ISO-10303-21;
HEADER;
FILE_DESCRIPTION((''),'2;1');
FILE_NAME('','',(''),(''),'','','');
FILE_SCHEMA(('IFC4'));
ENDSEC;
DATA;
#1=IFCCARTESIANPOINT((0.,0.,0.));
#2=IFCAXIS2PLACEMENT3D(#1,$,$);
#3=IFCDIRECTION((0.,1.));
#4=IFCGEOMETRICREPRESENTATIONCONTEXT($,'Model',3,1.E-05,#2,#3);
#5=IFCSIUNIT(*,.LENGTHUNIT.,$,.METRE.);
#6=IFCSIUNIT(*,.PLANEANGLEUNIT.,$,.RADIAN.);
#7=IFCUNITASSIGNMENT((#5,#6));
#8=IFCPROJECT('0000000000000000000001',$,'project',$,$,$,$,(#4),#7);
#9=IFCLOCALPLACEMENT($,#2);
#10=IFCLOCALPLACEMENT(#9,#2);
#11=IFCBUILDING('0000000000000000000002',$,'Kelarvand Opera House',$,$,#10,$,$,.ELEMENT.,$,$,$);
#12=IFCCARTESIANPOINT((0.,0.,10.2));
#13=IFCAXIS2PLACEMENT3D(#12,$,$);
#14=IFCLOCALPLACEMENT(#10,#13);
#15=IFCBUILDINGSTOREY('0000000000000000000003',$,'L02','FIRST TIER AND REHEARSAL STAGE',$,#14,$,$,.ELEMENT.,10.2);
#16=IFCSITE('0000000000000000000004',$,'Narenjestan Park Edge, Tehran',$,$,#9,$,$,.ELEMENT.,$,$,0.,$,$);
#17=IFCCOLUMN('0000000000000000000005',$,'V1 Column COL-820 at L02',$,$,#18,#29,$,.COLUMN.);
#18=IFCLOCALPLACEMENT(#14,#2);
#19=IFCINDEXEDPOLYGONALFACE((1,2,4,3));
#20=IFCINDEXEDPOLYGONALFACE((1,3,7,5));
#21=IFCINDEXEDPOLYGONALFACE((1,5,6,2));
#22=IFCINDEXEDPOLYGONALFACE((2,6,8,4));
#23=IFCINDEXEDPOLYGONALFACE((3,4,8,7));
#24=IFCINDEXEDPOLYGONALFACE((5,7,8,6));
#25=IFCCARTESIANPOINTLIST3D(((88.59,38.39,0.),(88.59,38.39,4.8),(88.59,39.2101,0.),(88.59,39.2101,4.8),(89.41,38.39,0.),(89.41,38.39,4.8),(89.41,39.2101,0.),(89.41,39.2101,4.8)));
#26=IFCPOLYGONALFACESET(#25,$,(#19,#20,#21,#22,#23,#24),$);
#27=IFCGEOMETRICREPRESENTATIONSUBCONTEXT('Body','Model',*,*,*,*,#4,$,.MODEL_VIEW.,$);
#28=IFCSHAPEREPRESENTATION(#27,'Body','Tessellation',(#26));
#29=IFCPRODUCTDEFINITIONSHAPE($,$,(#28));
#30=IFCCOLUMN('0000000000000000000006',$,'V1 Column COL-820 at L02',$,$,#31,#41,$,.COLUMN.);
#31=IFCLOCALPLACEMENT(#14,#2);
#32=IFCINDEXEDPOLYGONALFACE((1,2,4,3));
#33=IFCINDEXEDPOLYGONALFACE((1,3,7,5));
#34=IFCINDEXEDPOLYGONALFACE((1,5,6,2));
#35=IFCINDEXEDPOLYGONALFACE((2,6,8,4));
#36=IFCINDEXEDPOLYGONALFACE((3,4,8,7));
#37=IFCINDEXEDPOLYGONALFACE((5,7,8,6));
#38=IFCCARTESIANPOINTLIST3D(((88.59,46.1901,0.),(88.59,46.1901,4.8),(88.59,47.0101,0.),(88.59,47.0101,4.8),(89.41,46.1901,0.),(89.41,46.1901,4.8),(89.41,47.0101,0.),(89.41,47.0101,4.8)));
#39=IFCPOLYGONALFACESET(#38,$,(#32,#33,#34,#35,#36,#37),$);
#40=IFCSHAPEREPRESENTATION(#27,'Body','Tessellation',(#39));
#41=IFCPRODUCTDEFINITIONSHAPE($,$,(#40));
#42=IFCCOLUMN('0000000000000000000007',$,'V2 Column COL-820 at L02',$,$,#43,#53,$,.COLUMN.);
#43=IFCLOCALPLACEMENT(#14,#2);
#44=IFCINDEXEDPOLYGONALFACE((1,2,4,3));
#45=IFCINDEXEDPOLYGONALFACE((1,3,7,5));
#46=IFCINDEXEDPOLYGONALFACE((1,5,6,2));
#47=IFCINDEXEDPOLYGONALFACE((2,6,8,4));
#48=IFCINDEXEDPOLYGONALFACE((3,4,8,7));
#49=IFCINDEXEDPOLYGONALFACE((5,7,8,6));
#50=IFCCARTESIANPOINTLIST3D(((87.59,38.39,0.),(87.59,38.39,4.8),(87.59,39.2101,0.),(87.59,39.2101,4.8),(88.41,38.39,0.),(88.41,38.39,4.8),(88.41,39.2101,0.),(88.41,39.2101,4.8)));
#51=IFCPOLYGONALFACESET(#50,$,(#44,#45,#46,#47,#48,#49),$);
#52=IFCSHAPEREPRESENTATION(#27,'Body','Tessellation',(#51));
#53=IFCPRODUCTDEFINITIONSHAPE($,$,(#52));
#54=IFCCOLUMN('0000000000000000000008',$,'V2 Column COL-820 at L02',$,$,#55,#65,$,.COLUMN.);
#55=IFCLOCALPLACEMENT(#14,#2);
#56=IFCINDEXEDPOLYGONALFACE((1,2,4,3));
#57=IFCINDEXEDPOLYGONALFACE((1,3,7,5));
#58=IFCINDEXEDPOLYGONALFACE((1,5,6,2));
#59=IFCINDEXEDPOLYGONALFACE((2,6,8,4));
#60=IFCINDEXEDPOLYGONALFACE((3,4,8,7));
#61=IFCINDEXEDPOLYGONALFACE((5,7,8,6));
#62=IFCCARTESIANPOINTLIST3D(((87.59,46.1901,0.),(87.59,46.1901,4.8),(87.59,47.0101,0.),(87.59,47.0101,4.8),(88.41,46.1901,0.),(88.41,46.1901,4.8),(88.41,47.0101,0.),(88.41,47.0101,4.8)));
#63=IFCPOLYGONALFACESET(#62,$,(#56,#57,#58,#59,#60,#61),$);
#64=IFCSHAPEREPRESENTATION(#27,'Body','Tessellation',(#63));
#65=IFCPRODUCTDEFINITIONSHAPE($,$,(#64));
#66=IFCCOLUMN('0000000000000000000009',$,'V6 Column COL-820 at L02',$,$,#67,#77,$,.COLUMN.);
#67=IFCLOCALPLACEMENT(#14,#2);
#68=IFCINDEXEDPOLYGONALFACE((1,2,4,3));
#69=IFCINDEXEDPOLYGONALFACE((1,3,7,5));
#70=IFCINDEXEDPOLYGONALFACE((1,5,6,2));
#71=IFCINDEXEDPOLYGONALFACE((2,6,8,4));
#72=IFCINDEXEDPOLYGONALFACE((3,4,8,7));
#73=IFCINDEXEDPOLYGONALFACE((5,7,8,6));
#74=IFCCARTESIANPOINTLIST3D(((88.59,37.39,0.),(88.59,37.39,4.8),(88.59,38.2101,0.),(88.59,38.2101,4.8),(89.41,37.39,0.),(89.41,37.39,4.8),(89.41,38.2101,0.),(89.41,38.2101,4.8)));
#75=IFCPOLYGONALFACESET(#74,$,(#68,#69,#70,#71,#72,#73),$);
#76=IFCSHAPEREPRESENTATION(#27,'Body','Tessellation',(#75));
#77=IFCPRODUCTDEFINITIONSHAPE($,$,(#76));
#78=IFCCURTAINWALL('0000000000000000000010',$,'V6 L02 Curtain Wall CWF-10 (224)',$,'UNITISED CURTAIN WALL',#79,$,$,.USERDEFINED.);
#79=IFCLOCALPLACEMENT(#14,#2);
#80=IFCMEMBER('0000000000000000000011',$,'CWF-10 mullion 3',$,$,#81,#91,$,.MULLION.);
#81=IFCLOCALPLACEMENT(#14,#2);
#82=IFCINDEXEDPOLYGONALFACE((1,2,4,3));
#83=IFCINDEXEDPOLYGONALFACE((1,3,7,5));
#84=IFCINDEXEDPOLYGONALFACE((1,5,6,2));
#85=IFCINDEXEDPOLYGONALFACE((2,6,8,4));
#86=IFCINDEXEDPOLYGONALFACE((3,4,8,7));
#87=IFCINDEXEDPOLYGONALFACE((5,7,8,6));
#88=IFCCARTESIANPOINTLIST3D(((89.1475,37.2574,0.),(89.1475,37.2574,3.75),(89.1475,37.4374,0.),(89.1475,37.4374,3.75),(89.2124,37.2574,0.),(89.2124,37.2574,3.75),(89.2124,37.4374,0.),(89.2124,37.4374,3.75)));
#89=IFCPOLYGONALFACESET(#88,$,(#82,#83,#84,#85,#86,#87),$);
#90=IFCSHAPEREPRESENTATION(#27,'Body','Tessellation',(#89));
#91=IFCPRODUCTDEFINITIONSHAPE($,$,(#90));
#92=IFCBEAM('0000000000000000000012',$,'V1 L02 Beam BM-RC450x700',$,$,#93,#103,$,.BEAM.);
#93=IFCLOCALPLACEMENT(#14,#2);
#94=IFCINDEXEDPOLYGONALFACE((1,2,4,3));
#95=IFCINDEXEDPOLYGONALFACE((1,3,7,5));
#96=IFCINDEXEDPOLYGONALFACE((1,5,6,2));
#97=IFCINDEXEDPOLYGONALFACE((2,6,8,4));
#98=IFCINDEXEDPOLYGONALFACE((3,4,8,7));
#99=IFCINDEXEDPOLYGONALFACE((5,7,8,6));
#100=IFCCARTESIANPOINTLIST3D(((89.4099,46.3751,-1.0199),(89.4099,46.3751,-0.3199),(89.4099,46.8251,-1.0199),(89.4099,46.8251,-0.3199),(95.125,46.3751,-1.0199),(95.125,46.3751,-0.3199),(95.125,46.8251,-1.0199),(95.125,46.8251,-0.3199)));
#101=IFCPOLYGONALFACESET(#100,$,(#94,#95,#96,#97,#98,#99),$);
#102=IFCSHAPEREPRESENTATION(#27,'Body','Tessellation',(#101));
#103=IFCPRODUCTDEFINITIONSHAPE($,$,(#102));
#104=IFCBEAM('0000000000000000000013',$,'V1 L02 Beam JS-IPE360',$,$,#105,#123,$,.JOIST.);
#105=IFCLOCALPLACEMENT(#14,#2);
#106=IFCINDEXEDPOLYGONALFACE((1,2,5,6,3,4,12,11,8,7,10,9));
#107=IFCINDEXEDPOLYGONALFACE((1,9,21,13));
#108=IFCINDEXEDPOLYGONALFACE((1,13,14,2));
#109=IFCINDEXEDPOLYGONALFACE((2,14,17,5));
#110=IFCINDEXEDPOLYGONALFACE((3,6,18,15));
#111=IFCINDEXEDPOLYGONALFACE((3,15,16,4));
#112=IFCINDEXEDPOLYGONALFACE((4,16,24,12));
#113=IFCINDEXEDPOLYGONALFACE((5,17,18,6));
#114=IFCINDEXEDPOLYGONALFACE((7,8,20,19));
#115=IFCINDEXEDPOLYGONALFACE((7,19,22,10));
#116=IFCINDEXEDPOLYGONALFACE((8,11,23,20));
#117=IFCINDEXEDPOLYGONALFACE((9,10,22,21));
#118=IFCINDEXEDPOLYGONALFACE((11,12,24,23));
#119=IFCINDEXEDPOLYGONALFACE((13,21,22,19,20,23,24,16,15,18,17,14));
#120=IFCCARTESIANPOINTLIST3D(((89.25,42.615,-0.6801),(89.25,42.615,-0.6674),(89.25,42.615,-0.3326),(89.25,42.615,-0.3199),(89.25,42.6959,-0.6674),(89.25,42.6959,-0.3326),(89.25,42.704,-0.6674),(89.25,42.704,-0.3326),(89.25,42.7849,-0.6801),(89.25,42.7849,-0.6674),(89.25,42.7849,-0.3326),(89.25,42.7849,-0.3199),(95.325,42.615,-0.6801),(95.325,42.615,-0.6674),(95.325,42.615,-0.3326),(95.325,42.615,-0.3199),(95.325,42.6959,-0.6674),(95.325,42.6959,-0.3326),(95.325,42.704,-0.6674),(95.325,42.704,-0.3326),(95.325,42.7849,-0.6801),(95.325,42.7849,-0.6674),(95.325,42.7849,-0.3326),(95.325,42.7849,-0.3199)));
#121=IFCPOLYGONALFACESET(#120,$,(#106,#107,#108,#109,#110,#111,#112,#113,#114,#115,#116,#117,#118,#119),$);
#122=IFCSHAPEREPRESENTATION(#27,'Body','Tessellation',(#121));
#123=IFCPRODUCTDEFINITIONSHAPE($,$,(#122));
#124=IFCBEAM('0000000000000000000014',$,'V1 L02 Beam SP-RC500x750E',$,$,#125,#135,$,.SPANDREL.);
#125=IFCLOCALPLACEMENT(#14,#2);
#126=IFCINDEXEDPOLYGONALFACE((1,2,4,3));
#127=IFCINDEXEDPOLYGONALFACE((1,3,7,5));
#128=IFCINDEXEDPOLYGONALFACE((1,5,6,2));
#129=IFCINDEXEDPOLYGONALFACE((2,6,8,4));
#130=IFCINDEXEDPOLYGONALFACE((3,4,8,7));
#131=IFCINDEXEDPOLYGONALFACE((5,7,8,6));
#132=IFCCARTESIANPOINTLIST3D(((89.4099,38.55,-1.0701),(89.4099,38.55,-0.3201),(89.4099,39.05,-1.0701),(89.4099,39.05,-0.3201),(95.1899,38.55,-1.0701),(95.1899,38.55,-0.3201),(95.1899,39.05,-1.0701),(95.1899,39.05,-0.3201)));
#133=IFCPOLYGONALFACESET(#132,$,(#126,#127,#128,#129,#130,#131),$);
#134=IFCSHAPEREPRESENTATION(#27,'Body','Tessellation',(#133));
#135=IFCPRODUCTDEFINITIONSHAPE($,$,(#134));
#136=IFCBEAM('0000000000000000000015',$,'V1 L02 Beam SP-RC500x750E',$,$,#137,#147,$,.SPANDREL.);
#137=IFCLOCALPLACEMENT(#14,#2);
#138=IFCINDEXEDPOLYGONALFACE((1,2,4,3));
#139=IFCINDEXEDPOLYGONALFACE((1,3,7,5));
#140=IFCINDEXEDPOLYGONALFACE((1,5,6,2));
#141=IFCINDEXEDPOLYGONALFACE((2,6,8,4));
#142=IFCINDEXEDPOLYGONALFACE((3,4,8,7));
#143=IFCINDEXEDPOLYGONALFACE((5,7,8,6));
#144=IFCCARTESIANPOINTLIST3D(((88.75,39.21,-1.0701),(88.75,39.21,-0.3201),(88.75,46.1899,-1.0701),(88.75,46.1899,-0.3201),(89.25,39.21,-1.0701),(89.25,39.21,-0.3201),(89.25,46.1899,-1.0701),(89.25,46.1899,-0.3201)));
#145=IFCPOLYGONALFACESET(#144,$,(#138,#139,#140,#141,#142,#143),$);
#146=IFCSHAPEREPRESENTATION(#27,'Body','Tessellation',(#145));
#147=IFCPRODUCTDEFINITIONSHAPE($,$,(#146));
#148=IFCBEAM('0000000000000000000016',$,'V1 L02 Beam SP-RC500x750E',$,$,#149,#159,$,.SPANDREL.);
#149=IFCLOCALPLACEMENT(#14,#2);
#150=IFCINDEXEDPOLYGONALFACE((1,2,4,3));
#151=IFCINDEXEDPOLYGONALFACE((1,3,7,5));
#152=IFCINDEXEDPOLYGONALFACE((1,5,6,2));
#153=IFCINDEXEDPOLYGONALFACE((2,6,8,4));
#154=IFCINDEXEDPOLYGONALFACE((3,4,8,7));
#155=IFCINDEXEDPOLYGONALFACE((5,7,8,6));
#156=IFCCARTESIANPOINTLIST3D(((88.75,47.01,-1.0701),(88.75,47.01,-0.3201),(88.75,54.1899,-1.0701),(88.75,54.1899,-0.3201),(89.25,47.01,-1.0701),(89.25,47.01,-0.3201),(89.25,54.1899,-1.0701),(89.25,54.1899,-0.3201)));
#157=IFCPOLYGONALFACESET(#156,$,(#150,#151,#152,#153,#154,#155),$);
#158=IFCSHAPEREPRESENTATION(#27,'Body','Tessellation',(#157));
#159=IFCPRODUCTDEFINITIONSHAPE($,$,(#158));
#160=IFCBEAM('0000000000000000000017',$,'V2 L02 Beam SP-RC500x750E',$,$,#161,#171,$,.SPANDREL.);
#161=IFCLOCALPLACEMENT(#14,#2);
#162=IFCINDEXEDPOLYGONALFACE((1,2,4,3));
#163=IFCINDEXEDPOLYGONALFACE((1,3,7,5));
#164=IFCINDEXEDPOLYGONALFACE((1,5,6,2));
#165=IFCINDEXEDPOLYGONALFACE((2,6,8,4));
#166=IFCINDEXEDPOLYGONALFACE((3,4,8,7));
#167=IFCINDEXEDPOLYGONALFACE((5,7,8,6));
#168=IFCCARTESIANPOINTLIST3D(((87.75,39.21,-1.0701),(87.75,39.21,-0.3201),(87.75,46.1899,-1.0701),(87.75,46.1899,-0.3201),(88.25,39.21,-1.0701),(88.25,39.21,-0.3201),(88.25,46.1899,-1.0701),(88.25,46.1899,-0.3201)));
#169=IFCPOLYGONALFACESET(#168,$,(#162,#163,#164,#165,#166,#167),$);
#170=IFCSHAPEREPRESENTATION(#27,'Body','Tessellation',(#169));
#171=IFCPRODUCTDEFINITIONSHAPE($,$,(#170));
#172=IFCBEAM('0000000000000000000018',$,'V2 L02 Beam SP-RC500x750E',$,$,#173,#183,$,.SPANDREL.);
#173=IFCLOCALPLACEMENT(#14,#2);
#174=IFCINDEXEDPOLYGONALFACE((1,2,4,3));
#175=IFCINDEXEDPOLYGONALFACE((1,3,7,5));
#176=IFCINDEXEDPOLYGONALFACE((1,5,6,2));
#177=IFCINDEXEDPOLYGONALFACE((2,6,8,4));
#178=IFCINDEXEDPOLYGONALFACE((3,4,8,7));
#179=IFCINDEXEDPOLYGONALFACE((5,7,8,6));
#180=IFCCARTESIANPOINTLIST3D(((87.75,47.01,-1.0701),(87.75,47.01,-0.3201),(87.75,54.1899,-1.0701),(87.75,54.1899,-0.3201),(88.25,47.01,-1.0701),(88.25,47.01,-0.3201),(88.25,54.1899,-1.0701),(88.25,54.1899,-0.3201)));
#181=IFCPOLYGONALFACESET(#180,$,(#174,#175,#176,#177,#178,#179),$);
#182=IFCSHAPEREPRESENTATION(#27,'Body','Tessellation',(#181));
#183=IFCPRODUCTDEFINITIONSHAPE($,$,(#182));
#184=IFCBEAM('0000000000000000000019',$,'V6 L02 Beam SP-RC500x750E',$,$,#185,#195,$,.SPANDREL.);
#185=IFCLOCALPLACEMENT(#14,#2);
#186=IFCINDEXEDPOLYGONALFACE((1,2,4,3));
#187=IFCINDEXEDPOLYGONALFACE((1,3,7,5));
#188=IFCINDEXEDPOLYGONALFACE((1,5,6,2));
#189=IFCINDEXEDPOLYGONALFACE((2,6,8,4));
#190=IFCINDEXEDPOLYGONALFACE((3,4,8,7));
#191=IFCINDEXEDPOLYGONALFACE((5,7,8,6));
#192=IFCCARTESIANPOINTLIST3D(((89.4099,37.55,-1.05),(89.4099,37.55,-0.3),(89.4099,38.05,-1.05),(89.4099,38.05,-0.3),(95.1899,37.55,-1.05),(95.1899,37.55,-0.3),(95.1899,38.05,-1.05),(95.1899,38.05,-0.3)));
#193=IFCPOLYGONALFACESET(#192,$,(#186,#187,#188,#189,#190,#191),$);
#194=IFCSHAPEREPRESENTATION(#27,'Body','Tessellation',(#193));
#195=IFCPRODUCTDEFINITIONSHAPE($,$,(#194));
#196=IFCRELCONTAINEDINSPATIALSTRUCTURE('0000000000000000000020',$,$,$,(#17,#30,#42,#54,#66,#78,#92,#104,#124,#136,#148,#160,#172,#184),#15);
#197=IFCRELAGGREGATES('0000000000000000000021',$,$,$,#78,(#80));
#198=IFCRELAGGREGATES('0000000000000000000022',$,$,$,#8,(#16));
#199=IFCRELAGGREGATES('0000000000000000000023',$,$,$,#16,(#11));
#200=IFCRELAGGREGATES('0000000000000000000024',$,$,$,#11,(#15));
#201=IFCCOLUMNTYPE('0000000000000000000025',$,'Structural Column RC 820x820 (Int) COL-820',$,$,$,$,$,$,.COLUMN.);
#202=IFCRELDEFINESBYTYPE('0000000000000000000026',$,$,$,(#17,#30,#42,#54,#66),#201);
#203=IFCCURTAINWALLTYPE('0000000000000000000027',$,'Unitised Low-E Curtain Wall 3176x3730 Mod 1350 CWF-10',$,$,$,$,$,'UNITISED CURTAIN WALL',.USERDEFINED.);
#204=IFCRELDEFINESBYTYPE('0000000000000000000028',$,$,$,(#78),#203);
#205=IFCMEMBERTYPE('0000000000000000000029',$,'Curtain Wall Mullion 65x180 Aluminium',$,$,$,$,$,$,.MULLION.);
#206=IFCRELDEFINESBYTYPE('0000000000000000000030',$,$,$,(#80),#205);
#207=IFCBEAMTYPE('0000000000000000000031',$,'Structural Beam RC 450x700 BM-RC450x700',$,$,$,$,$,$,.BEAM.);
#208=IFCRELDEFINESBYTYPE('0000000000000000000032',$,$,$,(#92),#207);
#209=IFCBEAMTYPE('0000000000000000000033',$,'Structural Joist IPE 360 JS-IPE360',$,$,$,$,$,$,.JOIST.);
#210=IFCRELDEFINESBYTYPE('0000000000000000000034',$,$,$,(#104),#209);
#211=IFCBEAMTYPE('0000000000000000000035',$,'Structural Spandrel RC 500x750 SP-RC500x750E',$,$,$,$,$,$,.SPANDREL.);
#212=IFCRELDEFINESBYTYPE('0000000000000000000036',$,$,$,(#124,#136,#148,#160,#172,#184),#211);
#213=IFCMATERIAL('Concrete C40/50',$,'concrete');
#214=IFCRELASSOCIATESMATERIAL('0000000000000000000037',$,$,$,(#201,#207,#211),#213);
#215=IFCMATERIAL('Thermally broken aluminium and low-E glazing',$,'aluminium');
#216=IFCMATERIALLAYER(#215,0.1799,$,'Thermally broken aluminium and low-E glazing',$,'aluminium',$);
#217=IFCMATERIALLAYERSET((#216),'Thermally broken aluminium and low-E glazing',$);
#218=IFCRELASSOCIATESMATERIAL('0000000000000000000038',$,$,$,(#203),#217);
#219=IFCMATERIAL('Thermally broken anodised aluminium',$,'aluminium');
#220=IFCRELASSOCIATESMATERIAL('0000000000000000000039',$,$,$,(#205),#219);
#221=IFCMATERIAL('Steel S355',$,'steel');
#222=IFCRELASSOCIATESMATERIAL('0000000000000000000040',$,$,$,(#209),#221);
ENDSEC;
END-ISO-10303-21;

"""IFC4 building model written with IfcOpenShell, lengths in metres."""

from ifc_helpers import new_model, si_unit, direction, frame, origin, origin_2d, place, context, subcontext, project, spatial, rectangle, i_section, extrude, material, layer, layer_set, material_profile, profile_set, type_object, element, aggregate, save


model = new_model("IFC4")

# Units and contexts
model_context = context("Model", 3, precision=1e-05, world=origin(), true_north=direction((0.0, 1.0)))
body_context = subcontext(model_context, "Body", "Model", "MODEL_VIEW")
ifc_project = project(units=[si_unit("LENGTHUNIT", "METRE"), si_unit("PLANEANGLEUNIT", "RADIAN")], contexts=[model_context])

# Site, building, storey
site_placement = place(None, origin())
site = spatial("IfcSite", under=ifc_project, at=site_placement, Name="Narenjestan Park Edge, Tehran", CompositionType="ELEMENT", RefElevation=0.0)
building_placement = place(site_placement, origin())
building = spatial("IfcBuilding", under=site, at=building_placement, Name="Kelarvand Opera House", CompositionType="ELEMENT")
storey_placement = place(building_placement, frame((0.0, 0.0, 10.2)))
storey = spatial("IfcBuildingStorey", under=building, at=storey_placement, Name="L02", Description="FIRST TIER AND REHEARSAL STAGE", CompositionType="ELEMENT", Elevation=10.2)

# Columns
ifc_material_1 = material(Name="Concrete C40/50", Category="concrete")
ifc_material_profile_1 = material_profile(ifc_material_1, rectangle(XDim=0.8201, YDim=0.8201, at=origin_2d()), Name="RC 820x820", Category="concrete")
ifc_profile_set_1 = profile_set([ifc_material_profile_1], Name="Concrete C40/50")
column_type = type_object("IfcColumnType", Name="Structural Column RC 820x820 (Int) COL-820", PredefinedType="COLUMN", material=ifc_profile_set_1)
for number, where, z_axis, x_axis, name in (
    (1, (89.0, 38.8, 0.0), (0.0, 0.0, 1.0), (1.0, 0.0, 0.0), "V1 Column COL-820 at L02"),
    (2, (89.0, 46.6001, 0.0), (0.0, 0.0, 1.0), (1.0, 0.0, 0.0), "V1 Column COL-820 at L02"),
    (3, (88.0, 38.8, 0.0), (0.0, 0.0, 1.0), (1.0, 0.0, 0.0), "V2 Column COL-820 at L02"),
    (4, (88.0, 46.6001, 0.0), (0.0, 0.0, 1.0), (1.0, 0.0, 0.0), "V2 Column COL-820 at L02"),
    (5, (89.0, 37.8, 0.0), (0.0, 0.0, 1.0), (1.0, 0.0, 0.0), "V6 Column COL-820 at L02"),
):
    element("IfcColumn", number, at=place(storey_placement, frame(where, z_axis=z_axis, x_axis=x_axis)), inside=storey, type_object=column_type, Name=name, PredefinedType="COLUMN", context=body_context, shape_type="SweptSolid", body=[
        extrude(rectangle(XDim=0.8201, YDim=0.8201, at=origin_2d()), origin(), (0.0, 0.0, 1.0), 4.8),
    ])

# Curtain wall, member
ifc_material_2 = material(Name="Thermally broken aluminium and low-E glazing", Category="aluminium")
ifc_layer_1 = layer(ifc_material_2, 0.1799, Name="Thermally broken aluminium and low-E glazing", Category="aluminium")
ifc_layer_set_1 = layer_set([ifc_layer_1], Name="Thermally broken aluminium and low-E glazing")
curtain_wall_type = type_object("IfcCurtainWallType", Name="Unitised Low-E Curtain Wall 3176x3730 Mod 1350 CWF-10", ElementType="UNITISED CURTAIN WALL", PredefinedType="USERDEFINED", material=ifc_layer_set_1)
curtain_wall_placement = place(storey_placement, origin())
curtain_wall = element("IfcCurtainWall", 6, at=curtain_wall_placement, inside=storey, type_object=curtain_wall_type, Name="V6 L02 Curtain Wall CWF-10 (224)", ObjectType="UNITISED CURTAIN WALL", PredefinedType="USERDEFINED")
ifc_material_3 = material(Name="Thermally broken anodised aluminium", Category="aluminium")
ifc_material_profile_2 = material_profile(ifc_material_3, rectangle(XDim=0.0649, YDim=0.1799, at=origin_2d()), Name="ALU MULLION 65x180", Category="aluminium")
ifc_profile_set_2 = profile_set([ifc_material_profile_2], Name="Thermally broken anodised aluminium")
member_type = type_object("IfcMemberType", Name="Curtain Wall Mullion 65x180 Aluminium", PredefinedType="MULLION", material=ifc_profile_set_2)
member_placement = place(storey_placement, frame((89.1799, 37.3474, 0.0), z_axis=(0.0, 0.0, 1.0), x_axis=(-1.0, 0.0, 0.0)))
member = element("IfcMember", 7, at=member_placement, type_object=member_type, Name="CWF-10 mullion 3", PredefinedType="MULLION", context=body_context, shape_type="SweptSolid", body=[
    extrude(rectangle(XDim=0.0649, YDim=0.1799, at=origin_2d()), origin(), (0.0, 0.0, 1.0), 3.75),
])

# Beams
ifc_material_profile_3 = material_profile(ifc_material_1, rectangle(XDim=0.45, YDim=0.7, at=origin_2d()), Name="RC 450x700", Category="concrete")
ifc_profile_set_3 = profile_set([ifc_material_profile_3], Name="Concrete C40/50")
beam_type_1 = type_object("IfcBeamType", Name="Structural Beam RC 450x700 BM-RC450x700", PredefinedType="BEAM", material=ifc_profile_set_3)
beam_1_placement = place(storey_placement, frame((89.4099, 46.6001, -0.6699), z_axis=(1.0, 0.0, 0.0), x_axis=(0.0, 1.0, 0.0)))
element("IfcBeam", 8, at=beam_1_placement, inside=storey, type_object=beam_type_1, Name="V1 L02 Beam BM-RC450x700", PredefinedType="BEAM", context=body_context, shape_type="SweptSolid", body=[
    extrude(rectangle(XDim=0.45, YDim=0.7, at=origin_2d()), origin(), (0.0, 0.0, 1.0), 5.7151),
])
ifc_material_4 = material(Name="Steel S355", Category="steel")
ifc_material_profile_4 = material_profile(ifc_material_4, i_section(OverallWidth=0.1699, OverallDepth=0.3601, WebThickness=0.0081, FlangeThickness=0.0127, at=origin_2d()), Name="IPE 360", Category="steel")
ifc_profile_set_4 = profile_set([ifc_material_profile_4], Name="Steel S355")
beam_type_2 = type_object("IfcBeamType", Name="Structural Joist IPE 360 JS-IPE360", PredefinedType="JOIST", material=ifc_profile_set_4)
beam_2_placement = place(storey_placement, frame((89.25, 42.7, -0.5), z_axis=(1.0, 0.0, 0.0), x_axis=(0.0, 1.0, 0.0)))
element("IfcBeam", 9, at=beam_2_placement, inside=storey, type_object=beam_type_2, Name="V1 L02 Beam JS-IPE360", PredefinedType="JOIST", context=body_context, shape_type="SweptSolid", body=[
    extrude(i_section(OverallWidth=0.1699, OverallDepth=0.3601, WebThickness=0.0081, FlangeThickness=0.0127, at=origin_2d()), origin(), (0.0, 0.0, 1.0), 6.075),
])
ifc_material_profile_5 = material_profile(ifc_material_1, rectangle(XDim=0.5, YDim=0.75, at=origin_2d()), Name="RC 500x750", Category="concrete")
ifc_profile_set_5 = profile_set([ifc_material_profile_5], Name="Concrete C40/50")
beam_type_3 = type_object("IfcBeamType", Name="Structural Spandrel RC 500x750 SP-RC500x750E", PredefinedType="SPANDREL", material=ifc_profile_set_5)
beam_3_placement = place(storey_placement, frame((89.4099, 38.8, -0.6951), z_axis=(1.0, 0.0, 0.0), x_axis=(0.0, 1.0, 0.0)))
element("IfcBeam", 10, at=beam_3_placement, inside=storey, type_object=beam_type_3, Name="V1 L02 Beam SP-RC500x750E", PredefinedType="SPANDREL", context=body_context, shape_type="SweptSolid", body=[
    extrude(rectangle(XDim=0.5, YDim=0.75, at=origin_2d()), origin(), (0.0, 0.0, 1.0), 5.78),
])
beam_4_placement = place(storey_placement, frame((89.0, 39.21, -0.6951), z_axis=(0.0, 1.0, 0.0), x_axis=(-1.0, 0.0, 0.0)))
element("IfcBeam", 11, at=beam_4_placement, inside=storey, type_object=beam_type_3, Name="V1 L02 Beam SP-RC500x750E", PredefinedType="SPANDREL", context=body_context, shape_type="SweptSolid", body=[
    extrude(rectangle(XDim=0.5, YDim=0.75, at=origin_2d()), origin(), (0.0, 0.0, 1.0), 6.98),
])
beam_5_placement = place(storey_placement, frame((89.0, 47.01, -0.6951), z_axis=(0.0, 1.0, 0.0), x_axis=(-1.0, 0.0, 0.0)))
element("IfcBeam", 12, at=beam_5_placement, inside=storey, type_object=beam_type_3, Name="V1 L02 Beam SP-RC500x750E", PredefinedType="SPANDREL", context=body_context, shape_type="SweptSolid", body=[
    extrude(rectangle(XDim=0.5, YDim=0.75, at=origin_2d()), origin(), (0.0, 0.0, 1.0), 7.1799),
])
beam_6_placement = place(storey_placement, frame((88.0, 39.21, -0.6951), z_axis=(0.0, 1.0, 0.0), x_axis=(-1.0, 0.0, 0.0)))
element("IfcBeam", 13, at=beam_6_placement, inside=storey, type_object=beam_type_3, Name="V2 L02 Beam SP-RC500x750E", PredefinedType="SPANDREL", context=body_context, shape_type="SweptSolid", body=[
    extrude(rectangle(XDim=0.5, YDim=0.75, at=origin_2d()), origin(), (0.0, 0.0, 1.0), 6.98),
])
beam_7_placement = place(storey_placement, frame((88.0, 47.01, -0.6951), z_axis=(0.0, 1.0, 0.0), x_axis=(-1.0, 0.0, 0.0)))
element("IfcBeam", 14, at=beam_7_placement, inside=storey, type_object=beam_type_3, Name="V2 L02 Beam SP-RC500x750E", PredefinedType="SPANDREL", context=body_context, shape_type="SweptSolid", body=[
    extrude(rectangle(XDim=0.5, YDim=0.75, at=origin_2d()), origin(), (0.0, 0.0, 1.0), 7.1799),
])
beam_8_placement = place(storey_placement, frame((89.4099, 37.8, -0.675), z_axis=(1.0, 0.0, 0.0), x_axis=(0.0, 1.0, 0.0)))
element("IfcBeam", 15, at=beam_8_placement, inside=storey, type_object=beam_type_3, Name="V6 L02 Beam SP-RC500x750E", PredefinedType="SPANDREL", context=body_context, shape_type="SweptSolid", body=[
    extrude(rectangle(XDim=0.5, YDim=0.75, at=origin_2d()), origin(), (0.0, 0.0, 1.0), 5.78),
])

aggregate(curtain_wall, [member])

save(model, "model.ifc")
